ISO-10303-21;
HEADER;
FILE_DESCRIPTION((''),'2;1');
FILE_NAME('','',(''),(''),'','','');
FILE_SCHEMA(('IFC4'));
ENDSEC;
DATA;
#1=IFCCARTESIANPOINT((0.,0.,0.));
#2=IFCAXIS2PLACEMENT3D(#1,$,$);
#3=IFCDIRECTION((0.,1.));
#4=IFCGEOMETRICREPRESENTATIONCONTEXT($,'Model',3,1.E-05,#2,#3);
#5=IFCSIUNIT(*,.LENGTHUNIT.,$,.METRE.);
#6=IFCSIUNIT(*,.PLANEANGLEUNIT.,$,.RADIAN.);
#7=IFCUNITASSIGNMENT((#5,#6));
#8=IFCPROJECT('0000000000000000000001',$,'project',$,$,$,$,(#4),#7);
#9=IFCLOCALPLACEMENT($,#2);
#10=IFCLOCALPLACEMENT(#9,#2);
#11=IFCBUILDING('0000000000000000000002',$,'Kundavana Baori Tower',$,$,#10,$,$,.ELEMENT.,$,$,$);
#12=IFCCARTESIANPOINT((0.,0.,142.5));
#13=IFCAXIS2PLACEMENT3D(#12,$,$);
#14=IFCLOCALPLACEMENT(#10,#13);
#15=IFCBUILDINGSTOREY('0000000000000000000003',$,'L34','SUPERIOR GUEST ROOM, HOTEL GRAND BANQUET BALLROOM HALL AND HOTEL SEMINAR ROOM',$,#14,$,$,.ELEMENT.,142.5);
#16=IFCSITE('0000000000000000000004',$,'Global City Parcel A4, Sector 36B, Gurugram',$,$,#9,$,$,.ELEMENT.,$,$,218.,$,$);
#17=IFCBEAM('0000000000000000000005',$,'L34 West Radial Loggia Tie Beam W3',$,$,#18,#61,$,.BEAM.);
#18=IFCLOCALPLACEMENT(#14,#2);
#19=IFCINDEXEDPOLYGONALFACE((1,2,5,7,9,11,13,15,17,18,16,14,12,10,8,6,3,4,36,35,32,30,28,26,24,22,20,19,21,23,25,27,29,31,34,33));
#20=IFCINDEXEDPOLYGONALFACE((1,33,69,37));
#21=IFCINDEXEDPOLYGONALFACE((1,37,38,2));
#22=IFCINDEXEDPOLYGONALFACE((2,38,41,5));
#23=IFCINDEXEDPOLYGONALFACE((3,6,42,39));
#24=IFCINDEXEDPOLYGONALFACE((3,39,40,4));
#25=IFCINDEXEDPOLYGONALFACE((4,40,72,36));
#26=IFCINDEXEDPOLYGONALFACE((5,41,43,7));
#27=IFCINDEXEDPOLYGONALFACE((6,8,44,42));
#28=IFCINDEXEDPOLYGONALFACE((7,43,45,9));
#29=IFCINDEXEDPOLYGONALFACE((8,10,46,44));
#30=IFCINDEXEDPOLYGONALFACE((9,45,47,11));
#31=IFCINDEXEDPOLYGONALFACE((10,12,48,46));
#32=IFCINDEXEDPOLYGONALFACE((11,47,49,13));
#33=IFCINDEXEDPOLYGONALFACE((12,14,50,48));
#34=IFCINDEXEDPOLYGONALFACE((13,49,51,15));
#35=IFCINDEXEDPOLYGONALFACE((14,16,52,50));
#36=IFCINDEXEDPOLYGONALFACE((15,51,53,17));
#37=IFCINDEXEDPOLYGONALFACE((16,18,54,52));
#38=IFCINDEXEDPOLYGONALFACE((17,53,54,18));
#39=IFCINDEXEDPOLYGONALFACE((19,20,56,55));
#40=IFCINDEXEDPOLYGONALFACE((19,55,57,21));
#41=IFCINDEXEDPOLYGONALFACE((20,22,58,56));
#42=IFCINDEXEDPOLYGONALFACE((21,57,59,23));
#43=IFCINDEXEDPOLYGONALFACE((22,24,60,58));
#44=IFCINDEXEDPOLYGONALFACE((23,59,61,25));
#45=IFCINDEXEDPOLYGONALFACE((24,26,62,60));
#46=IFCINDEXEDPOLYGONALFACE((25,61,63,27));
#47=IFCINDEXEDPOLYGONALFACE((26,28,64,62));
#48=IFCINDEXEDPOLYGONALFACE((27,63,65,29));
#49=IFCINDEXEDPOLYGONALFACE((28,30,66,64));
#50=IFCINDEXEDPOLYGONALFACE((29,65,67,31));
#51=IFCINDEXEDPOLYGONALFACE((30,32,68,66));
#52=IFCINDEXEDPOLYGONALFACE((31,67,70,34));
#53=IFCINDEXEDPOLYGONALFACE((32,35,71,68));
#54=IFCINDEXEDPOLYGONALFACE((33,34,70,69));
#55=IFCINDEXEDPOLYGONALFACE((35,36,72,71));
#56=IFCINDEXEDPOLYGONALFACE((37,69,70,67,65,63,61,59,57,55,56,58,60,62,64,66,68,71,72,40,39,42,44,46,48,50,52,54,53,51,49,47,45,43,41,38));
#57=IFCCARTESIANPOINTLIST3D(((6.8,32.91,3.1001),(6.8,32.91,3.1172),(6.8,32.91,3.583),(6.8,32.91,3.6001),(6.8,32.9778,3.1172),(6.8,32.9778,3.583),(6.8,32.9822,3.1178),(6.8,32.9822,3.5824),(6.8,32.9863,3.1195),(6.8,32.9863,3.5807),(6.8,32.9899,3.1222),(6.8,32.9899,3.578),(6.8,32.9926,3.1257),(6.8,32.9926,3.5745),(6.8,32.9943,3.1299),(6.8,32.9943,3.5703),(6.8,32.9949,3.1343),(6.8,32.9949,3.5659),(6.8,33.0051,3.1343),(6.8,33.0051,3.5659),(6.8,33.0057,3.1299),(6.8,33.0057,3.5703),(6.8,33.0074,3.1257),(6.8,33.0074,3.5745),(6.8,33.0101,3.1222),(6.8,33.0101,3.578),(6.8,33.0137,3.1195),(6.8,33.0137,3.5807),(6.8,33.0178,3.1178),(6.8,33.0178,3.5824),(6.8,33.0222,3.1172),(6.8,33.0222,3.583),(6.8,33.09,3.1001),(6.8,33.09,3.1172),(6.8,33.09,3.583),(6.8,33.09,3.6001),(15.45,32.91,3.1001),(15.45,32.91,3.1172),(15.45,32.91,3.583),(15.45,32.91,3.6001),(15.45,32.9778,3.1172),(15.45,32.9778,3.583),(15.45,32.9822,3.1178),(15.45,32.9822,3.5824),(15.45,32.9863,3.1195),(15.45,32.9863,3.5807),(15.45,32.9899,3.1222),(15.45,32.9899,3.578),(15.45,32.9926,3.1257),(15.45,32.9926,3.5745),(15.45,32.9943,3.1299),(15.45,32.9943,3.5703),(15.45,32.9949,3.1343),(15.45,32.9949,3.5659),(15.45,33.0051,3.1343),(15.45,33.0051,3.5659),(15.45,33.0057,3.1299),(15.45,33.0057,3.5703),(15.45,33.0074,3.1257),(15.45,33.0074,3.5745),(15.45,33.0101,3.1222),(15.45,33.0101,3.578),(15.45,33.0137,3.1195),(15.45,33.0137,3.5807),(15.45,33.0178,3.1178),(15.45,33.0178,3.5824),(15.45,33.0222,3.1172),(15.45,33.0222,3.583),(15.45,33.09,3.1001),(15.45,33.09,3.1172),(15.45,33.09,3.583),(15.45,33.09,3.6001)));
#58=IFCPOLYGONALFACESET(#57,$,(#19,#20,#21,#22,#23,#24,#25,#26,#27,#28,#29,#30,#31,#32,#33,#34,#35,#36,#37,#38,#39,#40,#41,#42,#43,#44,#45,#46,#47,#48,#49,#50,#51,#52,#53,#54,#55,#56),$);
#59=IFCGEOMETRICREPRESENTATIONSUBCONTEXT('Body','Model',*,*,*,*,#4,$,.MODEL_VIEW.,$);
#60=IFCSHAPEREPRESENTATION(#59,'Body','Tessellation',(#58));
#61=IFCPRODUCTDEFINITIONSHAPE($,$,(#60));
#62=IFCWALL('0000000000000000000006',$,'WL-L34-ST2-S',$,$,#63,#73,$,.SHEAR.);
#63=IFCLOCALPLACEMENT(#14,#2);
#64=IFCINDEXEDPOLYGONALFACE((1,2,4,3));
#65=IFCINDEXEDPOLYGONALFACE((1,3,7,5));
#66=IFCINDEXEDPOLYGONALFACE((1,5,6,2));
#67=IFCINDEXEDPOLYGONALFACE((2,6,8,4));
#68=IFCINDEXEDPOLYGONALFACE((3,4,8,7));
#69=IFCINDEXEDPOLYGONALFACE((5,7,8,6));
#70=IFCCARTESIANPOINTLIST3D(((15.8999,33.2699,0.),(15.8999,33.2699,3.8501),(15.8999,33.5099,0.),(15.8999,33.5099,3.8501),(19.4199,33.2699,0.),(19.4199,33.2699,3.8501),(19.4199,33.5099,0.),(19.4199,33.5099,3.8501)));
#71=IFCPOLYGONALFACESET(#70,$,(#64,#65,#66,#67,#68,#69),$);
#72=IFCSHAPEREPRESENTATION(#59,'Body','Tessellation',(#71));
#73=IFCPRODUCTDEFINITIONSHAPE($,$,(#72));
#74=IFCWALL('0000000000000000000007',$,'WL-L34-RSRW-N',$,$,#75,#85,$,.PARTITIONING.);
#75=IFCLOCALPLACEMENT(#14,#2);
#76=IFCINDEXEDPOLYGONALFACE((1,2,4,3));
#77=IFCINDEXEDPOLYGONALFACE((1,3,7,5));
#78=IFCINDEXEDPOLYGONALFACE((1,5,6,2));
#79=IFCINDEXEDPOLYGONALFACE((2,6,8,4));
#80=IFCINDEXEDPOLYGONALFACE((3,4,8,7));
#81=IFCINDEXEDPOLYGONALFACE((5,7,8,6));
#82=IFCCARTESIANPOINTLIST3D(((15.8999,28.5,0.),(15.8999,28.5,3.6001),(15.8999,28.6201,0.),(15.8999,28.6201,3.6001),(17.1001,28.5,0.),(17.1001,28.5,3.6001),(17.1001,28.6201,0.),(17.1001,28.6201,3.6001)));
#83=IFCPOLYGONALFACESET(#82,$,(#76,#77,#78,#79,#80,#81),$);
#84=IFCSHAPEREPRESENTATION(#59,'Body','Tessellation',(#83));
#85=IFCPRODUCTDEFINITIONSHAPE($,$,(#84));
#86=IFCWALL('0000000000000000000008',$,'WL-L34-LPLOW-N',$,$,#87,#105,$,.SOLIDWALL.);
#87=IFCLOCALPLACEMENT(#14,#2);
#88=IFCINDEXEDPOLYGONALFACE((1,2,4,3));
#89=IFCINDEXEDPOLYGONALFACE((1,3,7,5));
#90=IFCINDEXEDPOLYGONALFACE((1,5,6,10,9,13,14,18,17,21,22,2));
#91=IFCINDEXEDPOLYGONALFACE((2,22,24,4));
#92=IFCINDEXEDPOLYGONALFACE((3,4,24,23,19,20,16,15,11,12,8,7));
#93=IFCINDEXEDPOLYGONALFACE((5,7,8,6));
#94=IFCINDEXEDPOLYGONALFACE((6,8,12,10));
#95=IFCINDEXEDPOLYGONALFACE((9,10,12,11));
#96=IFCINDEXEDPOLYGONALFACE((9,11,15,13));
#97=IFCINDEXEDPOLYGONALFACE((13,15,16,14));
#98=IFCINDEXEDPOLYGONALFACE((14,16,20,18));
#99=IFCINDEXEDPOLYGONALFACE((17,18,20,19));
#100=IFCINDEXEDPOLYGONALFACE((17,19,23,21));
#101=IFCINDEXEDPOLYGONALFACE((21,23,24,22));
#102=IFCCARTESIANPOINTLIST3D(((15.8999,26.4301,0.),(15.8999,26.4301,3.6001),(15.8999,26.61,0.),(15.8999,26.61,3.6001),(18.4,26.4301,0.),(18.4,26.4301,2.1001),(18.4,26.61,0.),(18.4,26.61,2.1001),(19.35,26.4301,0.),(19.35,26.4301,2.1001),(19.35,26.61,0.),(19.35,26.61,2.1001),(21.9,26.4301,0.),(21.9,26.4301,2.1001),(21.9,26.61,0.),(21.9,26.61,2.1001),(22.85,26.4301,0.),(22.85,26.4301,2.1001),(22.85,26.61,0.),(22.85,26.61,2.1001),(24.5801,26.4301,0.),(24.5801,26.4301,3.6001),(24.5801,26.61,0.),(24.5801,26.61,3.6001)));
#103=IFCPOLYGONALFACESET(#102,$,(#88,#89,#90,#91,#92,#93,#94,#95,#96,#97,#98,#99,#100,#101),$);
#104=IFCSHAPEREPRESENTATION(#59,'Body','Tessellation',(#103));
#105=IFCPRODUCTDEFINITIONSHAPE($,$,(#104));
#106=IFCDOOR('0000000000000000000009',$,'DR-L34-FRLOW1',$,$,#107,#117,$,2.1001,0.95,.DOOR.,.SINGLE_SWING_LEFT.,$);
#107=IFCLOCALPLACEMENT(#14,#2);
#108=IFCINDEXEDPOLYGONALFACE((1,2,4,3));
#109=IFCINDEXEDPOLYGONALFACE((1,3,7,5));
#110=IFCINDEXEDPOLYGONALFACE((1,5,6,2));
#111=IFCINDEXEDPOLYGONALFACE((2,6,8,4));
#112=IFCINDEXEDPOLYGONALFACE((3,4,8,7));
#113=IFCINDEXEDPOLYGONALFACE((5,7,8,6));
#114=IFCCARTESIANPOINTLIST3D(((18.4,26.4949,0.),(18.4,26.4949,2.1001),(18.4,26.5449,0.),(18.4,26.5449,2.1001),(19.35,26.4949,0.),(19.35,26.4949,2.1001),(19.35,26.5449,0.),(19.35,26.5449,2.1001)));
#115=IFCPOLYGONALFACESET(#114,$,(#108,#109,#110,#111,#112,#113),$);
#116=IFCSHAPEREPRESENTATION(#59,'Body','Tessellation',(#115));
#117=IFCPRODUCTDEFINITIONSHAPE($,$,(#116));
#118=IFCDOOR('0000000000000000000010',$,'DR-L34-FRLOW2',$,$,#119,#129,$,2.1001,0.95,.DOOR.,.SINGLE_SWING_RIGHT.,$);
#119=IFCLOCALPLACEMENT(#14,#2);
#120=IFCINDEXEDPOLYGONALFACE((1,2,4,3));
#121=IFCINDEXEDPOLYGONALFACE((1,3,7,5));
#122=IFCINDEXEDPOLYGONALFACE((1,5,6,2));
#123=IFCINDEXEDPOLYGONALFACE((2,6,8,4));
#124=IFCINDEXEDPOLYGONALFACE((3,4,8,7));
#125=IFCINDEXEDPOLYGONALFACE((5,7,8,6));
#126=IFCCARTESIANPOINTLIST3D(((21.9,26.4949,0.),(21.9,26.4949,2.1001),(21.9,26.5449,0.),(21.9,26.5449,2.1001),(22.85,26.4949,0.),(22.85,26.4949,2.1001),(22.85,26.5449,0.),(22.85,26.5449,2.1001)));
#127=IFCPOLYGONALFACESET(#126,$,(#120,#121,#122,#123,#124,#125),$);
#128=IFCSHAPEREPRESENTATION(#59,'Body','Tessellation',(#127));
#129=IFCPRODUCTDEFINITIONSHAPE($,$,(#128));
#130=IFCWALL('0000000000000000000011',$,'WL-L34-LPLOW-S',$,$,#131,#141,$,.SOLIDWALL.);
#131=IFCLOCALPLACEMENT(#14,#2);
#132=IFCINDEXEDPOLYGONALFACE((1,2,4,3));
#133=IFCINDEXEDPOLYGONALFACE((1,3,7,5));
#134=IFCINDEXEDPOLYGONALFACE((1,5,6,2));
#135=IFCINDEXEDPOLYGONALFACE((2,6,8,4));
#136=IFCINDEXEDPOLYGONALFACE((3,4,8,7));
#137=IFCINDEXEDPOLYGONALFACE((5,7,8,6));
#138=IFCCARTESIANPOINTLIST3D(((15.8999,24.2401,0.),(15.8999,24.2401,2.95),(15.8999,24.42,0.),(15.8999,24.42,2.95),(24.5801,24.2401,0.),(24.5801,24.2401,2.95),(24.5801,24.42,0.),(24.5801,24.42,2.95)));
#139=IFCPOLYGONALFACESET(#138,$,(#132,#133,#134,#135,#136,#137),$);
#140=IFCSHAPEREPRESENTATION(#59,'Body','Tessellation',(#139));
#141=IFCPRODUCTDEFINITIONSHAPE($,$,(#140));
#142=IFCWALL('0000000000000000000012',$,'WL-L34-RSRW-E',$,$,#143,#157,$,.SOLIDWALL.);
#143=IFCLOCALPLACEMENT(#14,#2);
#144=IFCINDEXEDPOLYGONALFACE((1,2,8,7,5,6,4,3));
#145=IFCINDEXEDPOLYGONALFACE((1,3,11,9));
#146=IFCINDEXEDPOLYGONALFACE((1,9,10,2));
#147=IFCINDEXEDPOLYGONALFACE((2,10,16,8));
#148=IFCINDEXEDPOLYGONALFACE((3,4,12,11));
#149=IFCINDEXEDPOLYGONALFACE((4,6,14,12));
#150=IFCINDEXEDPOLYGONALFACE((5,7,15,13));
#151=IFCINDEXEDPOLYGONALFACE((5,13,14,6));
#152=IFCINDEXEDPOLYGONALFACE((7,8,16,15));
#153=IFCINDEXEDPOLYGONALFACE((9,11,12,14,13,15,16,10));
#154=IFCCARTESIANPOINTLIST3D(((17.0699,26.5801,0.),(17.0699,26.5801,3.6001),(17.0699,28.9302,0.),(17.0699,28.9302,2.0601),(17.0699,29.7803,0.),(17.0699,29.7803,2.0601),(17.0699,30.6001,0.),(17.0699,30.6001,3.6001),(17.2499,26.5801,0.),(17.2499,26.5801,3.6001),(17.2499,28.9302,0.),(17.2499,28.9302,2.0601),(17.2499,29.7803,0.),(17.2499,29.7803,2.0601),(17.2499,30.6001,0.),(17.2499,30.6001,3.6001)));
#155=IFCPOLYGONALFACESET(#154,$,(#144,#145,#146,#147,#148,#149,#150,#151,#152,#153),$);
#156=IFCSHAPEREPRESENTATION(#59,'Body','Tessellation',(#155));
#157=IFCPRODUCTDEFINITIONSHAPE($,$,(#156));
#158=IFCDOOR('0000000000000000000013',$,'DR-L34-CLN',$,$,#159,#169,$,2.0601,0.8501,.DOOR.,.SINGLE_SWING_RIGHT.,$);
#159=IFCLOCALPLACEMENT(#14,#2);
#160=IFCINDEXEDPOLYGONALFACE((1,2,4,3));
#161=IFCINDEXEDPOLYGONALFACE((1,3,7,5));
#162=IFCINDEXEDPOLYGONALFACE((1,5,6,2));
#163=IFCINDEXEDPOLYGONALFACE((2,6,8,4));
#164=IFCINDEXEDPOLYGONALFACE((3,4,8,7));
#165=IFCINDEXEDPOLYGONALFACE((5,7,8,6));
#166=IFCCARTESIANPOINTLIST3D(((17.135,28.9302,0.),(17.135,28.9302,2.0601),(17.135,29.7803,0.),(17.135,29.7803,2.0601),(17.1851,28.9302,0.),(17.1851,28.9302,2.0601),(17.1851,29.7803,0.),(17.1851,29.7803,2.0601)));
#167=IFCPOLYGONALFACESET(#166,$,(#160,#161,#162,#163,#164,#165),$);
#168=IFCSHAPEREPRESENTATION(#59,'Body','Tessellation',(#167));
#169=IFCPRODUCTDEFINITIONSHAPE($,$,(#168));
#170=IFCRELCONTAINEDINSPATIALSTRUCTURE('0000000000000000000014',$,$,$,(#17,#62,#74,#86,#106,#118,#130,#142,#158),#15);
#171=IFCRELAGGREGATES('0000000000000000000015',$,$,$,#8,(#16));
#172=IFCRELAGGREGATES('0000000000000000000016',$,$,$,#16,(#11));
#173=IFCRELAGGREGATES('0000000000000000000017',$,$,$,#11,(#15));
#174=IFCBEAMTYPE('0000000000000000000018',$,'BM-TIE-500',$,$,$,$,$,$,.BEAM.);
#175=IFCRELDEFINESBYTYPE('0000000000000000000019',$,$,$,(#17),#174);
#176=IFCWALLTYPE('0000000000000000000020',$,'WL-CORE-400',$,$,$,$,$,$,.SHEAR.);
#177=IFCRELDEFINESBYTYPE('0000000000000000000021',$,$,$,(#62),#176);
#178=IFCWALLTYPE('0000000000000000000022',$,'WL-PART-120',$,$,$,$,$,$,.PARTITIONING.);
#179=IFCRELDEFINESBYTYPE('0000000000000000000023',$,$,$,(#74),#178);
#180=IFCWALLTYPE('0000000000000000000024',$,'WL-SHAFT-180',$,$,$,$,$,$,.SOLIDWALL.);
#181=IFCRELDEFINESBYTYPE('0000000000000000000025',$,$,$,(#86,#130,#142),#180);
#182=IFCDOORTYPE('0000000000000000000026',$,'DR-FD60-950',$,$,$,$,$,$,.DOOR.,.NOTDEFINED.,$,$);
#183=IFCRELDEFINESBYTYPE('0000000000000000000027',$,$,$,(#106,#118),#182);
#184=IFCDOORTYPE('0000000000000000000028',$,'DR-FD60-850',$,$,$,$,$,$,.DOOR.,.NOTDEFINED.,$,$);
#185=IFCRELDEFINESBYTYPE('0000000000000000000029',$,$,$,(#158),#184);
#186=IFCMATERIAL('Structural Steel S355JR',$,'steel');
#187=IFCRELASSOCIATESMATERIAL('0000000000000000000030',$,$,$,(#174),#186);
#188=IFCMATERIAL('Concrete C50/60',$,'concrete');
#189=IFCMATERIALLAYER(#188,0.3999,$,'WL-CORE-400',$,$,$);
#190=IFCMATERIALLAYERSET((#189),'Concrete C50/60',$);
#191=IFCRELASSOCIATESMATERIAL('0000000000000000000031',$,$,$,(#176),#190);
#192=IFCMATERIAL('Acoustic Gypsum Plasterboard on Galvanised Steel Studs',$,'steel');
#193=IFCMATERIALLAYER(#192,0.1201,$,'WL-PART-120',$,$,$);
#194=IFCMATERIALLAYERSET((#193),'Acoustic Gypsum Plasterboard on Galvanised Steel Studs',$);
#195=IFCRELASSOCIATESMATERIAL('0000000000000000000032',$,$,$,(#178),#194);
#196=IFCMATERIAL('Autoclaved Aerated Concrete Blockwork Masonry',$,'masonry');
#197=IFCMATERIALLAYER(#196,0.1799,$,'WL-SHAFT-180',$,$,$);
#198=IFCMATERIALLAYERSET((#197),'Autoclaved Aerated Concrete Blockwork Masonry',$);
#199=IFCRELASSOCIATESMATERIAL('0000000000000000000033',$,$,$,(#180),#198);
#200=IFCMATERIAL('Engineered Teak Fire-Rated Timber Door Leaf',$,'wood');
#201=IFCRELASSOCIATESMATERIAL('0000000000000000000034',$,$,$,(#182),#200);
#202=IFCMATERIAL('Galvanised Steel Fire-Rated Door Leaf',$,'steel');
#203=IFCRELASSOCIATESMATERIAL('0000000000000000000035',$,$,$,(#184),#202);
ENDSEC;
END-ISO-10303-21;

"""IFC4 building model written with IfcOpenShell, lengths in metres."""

from ifc_helpers import new_model, si_unit, direction, frame, frame_2d, origin, origin_2d, place, context, subcontext, project, spatial, rectangle, i_section, extrude, material, layer, layer_set, material_profile, profile_set, type_object, element, fill, save


model = new_model("IFC4")

# Units and contexts
model_context = context("Model", 3, precision=1e-05, world=origin(), true_north=direction((0.0, 1.0)))
body_context = subcontext(model_context, "Body", "Model", "MODEL_VIEW")
ifc_project = project(units=[si_unit("LENGTHUNIT", "METRE"), si_unit("PLANEANGLEUNIT", "RADIAN")], contexts=[model_context])

# Site, building, storey
site_placement = place(None, origin())
site = spatial("IfcSite", under=ifc_project, at=site_placement, Name="Global City Parcel A4, Sector 36B, Gurugram", CompositionType="ELEMENT", RefElevation=218.0)
building_placement = place(site_placement, origin())
building = spatial("IfcBuilding", under=site, at=building_placement, Name="Kundavana Baori Tower", CompositionType="ELEMENT")
storey_placement = place(building_placement, frame((0.0, 0.0, 142.5)))
storey = spatial("IfcBuildingStorey", under=building, at=storey_placement, Name="L34", Description="SUPERIOR GUEST ROOM, HOTEL GRAND BANQUET BALLROOM HALL AND HOTEL SEMINAR ROOM", CompositionType="ELEMENT", Elevation=142.5)

# Beam
ifc_material_1 = material(Name="Structural Steel S355JR", Category="steel")
ifc_material_profile_1 = material_profile(ifc_material_1, i_section(OverallWidth=0.1799, OverallDepth=0.5, WebThickness=0.0103, FlangeThickness=0.0171, FilletRadius=0.0171, at=origin_2d()), Name="ISMB 500")
ifc_profile_set_1 = profile_set([ifc_material_profile_1], Name="Structural Steel S355JR")
beam_type_1 = type_object("IfcBeamType", Name="BM-TIE-500", PredefinedType="BEAM", material=ifc_profile_set_1)
for number, where, z_axis, x_axis, name in (
    (1, (15.45, 33.0, 3.3501), (-1.0, 0.0, 0.0), (0.0, -1.0, 0.0), "L34 West Radial Loggia Tie Beam W3"),
):
    element("IfcBeam", number, at=place(storey_placement, frame(where, z_axis=z_axis, x_axis=x_axis)), inside=storey, type_object=beam_type_1, Name=name, PredefinedType="BEAM", context=body_context, shape_type="SweptSolid", body=[
        extrude(i_section(OverallWidth=0.1799, OverallDepth=0.5, WebThickness=0.0103, FlangeThickness=0.0171, FilletRadius=0.0171, at=origin_2d()), origin(), (0.0, 0.0, 1.0), 8.6499),
    ])

# Walls
ifc_material_2 = material(Name="Concrete C50/60", Category="concrete")
ifc_layer_1 = layer(ifc_material_2, 0.3999, Name="WL-CORE-400")
ifc_layer_set_1 = layer_set([ifc_layer_1], Name="Concrete C50/60")
wall_type_1 = type_object("IfcWallType", Name="WL-CORE-400", PredefinedType="SHEAR", material=ifc_layer_set_1)
wall_1_placement = place(storey_placement, frame((15.8999, 33.3899, 0.0), z_axis=(0.0, 0.0, 1.0), x_axis=(1.0, 0.0, 0.0)))
element("IfcWall", 2, at=wall_1_placement, inside=storey, type_object=wall_type_1, Name="WL-L34-ST2-S", PredefinedType="SHEAR", context=body_context, shape_type="SweptSolid", body=[
    extrude(rectangle(XDim=3.52, YDim=0.24, at=frame_2d((1.76, 0.0))), origin(), (0.0, 0.0, 1.0), 3.8501),
])
ifc_material_3 = material(Name="Acoustic Gypsum Plasterboard on Galvanised Steel Studs", Category="steel")
ifc_layer_2 = layer(ifc_material_3, 0.1201, Name="WL-PART-120")
ifc_layer_set_2 = layer_set([ifc_layer_2], Name="Acoustic Gypsum Plasterboard on Galvanised Steel Studs")
wall_type_2 = type_object("IfcWallType", Name="WL-PART-120", PredefinedType="PARTITIONING", material=ifc_layer_set_2)
wall_2_placement = place(storey_placement, frame((15.8999, 28.5601, 0.0), z_axis=(0.0, 0.0, 1.0), x_axis=(1.0, 0.0, 0.0)))
element("IfcWall", 3, at=wall_2_placement, inside=storey, type_object=wall_type_2, Name="WL-L34-RSRW-N", PredefinedType="PARTITIONING", context=body_context, shape_type="SweptSolid", body=[
    extrude(rectangle(XDim=1.2002, YDim=0.1201, at=frame_2d((0.6001, 0.0))), origin(), (0.0, 0.0, 1.0), 3.6001),
])

# Wall, openings, doors
ifc_material_4 = material(Name="Autoclaved Aerated Concrete Blockwork Masonry", Category="masonry")
ifc_layer_3 = layer(ifc_material_4, 0.1799, Name="WL-SHAFT-180")
ifc_layer_set_3 = layer_set([ifc_layer_3], Name="Autoclaved Aerated Concrete Blockwork Masonry")
wall_type_3 = type_object("IfcWallType", Name="WL-SHAFT-180", PredefinedType="SOLIDWALL", material=ifc_layer_set_3)
wall_3_placement = place(storey_placement, frame((15.8999, 26.52, 0.0), z_axis=(0.0, 0.0, 1.0), x_axis=(1.0, 0.0, 0.0)))
wall_3 = element("IfcWall", 4, at=wall_3_placement, inside=storey, type_object=wall_type_3, Name="WL-L34-LPLOW-N", PredefinedType="SOLIDWALL", context=body_context, shape_type="SweptSolid", body=[
    extrude(rectangle(XDim=8.6802, YDim=0.1799, at=frame_2d((4.3401, 0.0))), origin(), (0.0, 0.0, 1.0), 3.6001),
])
opening_1_placement = place(wall_3_placement, frame((2.5, 0.0, 0.0)))
opening_1 = element("IfcOpeningElement", 5, at=opening_1_placement, cuts=wall_3, PredefinedType="OPENING", context=body_context, shape_type="SweptSolid", body=[
    extrude(rectangle(XDim=0.95, YDim=2.1001, at=frame_2d((0.4751, 1.05))), frame((0.0, 0.1001, 0.0), z_axis=(0.0, -1.0, 0.0), x_axis=(1.0, 0.0, 0.0)), (0.0, 0.0, 1.0), 0.2),
])
opening_2_placement = place(wall_3_placement, frame((6.0, 0.0, 0.0)))
opening_2 = element("IfcOpeningElement", 6, at=opening_2_placement, cuts=wall_3, PredefinedType="OPENING", context=body_context, shape_type="SweptSolid", body=[
    extrude(rectangle(XDim=0.95, YDim=2.1001, at=frame_2d((0.4751, 1.05))), frame((0.0, 0.1001, 0.0), z_axis=(0.0, -1.0, 0.0), x_axis=(1.0, 0.0, 0.0)), (0.0, 0.0, 1.0), 0.2),
])
ifc_material_5 = material(Name="Engineered Teak Fire-Rated Timber Door Leaf", Category="wood")
door_type_1 = type_object("IfcDoorType", Name="DR-FD60-950", OperationType="NOTDEFINED", PredefinedType="DOOR", material=ifc_material_5)
door_1_placement = place(opening_1_placement, origin())
door_1 = element("IfcDoor", 7, at=door_1_placement, inside=storey, type_object=door_type_1, Name="DR-L34-FRLOW1", OperationType="SINGLE_SWING_LEFT", OverallHeight=2.1001, OverallWidth=0.95, PredefinedType="DOOR", context=body_context, shape_type="SweptSolid", body=[
    extrude(rectangle(XDim=0.95, YDim=2.1001, at=frame_2d((0.4751, 1.05))), frame((0.0, 0.0249, 0.0), z_axis=(0.0, -1.0, 0.0), x_axis=(1.0, 0.0, 0.0)), (0.0, 0.0, 1.0), 0.05),
])
fill(opening_1, door_1)
door_2_placement = place(opening_2_placement, origin())
door_2 = element("IfcDoor", 8, at=door_2_placement, inside=storey, type_object=door_type_1, Name="DR-L34-FRLOW2", OperationType="SINGLE_SWING_RIGHT", OverallHeight=2.1001, OverallWidth=0.95, PredefinedType="DOOR", context=body_context, shape_type="SweptSolid", body=[
    extrude(rectangle(XDim=0.95, YDim=2.1001, at=frame_2d((0.4751, 1.05))), frame((0.0, 0.0249, 0.0), z_axis=(0.0, -1.0, 0.0), x_axis=(1.0, 0.0, 0.0)), (0.0, 0.0, 1.0), 0.05),
])
fill(opening_2, door_2)

# Wall
wall_4_placement = place(storey_placement, frame((15.8999, 24.3301, 0.0), z_axis=(0.0, 0.0, 1.0), x_axis=(1.0, 0.0, 0.0)))
element("IfcWall", 9, at=wall_4_placement, inside=storey, type_object=wall_type_3, Name="WL-L34-LPLOW-S", PredefinedType="SOLIDWALL", context=body_context, shape_type="SweptSolid", body=[
    extrude(rectangle(XDim=8.6802, YDim=0.1799, at=frame_2d((4.3401, 0.0))), origin(), (0.0, 0.0, 1.0), 2.95),
])

# Wall, opening, door
wall_5_placement = place(storey_placement, frame((17.1599, 26.5801, 0.0), z_axis=(0.0, 0.0, 1.0), x_axis=(0.0, 1.0, 0.0)))
wall_5 = element("IfcWall", 10, at=wall_5_placement, inside=storey, type_object=wall_type_3, Name="WL-L34-RSRW-E", PredefinedType="SOLIDWALL", context=body_context, shape_type="SweptSolid", body=[
    extrude(rectangle(XDim=4.02, YDim=0.1799, at=frame_2d((2.01, 0.0))), origin(), (0.0, 0.0, 1.0), 3.6001),
])
opening_3_placement = place(wall_5_placement, frame((2.3501, 0.0, 0.0)))
opening_3 = element("IfcOpeningElement", 11, at=opening_3_placement, cuts=wall_5, PredefinedType="OPENING", context=body_context, shape_type="SweptSolid", body=[
    extrude(rectangle(XDim=0.8501, YDim=2.0601, at=frame_2d((0.425, 1.03))), frame((0.0, 0.1001, 0.0), z_axis=(0.0, -1.0, 0.0), x_axis=(1.0, 0.0, 0.0)), (0.0, 0.0, 1.0), 0.2),
])
ifc_material_6 = material(Name="Galvanised Steel Fire-Rated Door Leaf", Category="steel")
door_type_2 = type_object("IfcDoorType", Name="DR-FD60-850", OperationType="NOTDEFINED", PredefinedType="DOOR", material=ifc_material_6)
door_3_placement = place(opening_3_placement, origin())
door_3 = element("IfcDoor", 12, at=door_3_placement, inside=storey, type_object=door_type_2, Name="DR-L34-CLN", OperationType="SINGLE_SWING_RIGHT", OverallHeight=2.0601, OverallWidth=0.8501, PredefinedType="DOOR", context=body_context, shape_type="SweptSolid", body=[
    extrude(rectangle(XDim=0.8501, YDim=2.0601, at=frame_2d((0.425, 1.03))), frame((0.0, 0.0249, 0.0), z_axis=(0.0, -1.0, 0.0), x_axis=(1.0, 0.0, 0.0)), (0.0, 0.0, 1.0), 0.05),
])
fill(opening_3, door_3)

save(model, "model.ifc")
